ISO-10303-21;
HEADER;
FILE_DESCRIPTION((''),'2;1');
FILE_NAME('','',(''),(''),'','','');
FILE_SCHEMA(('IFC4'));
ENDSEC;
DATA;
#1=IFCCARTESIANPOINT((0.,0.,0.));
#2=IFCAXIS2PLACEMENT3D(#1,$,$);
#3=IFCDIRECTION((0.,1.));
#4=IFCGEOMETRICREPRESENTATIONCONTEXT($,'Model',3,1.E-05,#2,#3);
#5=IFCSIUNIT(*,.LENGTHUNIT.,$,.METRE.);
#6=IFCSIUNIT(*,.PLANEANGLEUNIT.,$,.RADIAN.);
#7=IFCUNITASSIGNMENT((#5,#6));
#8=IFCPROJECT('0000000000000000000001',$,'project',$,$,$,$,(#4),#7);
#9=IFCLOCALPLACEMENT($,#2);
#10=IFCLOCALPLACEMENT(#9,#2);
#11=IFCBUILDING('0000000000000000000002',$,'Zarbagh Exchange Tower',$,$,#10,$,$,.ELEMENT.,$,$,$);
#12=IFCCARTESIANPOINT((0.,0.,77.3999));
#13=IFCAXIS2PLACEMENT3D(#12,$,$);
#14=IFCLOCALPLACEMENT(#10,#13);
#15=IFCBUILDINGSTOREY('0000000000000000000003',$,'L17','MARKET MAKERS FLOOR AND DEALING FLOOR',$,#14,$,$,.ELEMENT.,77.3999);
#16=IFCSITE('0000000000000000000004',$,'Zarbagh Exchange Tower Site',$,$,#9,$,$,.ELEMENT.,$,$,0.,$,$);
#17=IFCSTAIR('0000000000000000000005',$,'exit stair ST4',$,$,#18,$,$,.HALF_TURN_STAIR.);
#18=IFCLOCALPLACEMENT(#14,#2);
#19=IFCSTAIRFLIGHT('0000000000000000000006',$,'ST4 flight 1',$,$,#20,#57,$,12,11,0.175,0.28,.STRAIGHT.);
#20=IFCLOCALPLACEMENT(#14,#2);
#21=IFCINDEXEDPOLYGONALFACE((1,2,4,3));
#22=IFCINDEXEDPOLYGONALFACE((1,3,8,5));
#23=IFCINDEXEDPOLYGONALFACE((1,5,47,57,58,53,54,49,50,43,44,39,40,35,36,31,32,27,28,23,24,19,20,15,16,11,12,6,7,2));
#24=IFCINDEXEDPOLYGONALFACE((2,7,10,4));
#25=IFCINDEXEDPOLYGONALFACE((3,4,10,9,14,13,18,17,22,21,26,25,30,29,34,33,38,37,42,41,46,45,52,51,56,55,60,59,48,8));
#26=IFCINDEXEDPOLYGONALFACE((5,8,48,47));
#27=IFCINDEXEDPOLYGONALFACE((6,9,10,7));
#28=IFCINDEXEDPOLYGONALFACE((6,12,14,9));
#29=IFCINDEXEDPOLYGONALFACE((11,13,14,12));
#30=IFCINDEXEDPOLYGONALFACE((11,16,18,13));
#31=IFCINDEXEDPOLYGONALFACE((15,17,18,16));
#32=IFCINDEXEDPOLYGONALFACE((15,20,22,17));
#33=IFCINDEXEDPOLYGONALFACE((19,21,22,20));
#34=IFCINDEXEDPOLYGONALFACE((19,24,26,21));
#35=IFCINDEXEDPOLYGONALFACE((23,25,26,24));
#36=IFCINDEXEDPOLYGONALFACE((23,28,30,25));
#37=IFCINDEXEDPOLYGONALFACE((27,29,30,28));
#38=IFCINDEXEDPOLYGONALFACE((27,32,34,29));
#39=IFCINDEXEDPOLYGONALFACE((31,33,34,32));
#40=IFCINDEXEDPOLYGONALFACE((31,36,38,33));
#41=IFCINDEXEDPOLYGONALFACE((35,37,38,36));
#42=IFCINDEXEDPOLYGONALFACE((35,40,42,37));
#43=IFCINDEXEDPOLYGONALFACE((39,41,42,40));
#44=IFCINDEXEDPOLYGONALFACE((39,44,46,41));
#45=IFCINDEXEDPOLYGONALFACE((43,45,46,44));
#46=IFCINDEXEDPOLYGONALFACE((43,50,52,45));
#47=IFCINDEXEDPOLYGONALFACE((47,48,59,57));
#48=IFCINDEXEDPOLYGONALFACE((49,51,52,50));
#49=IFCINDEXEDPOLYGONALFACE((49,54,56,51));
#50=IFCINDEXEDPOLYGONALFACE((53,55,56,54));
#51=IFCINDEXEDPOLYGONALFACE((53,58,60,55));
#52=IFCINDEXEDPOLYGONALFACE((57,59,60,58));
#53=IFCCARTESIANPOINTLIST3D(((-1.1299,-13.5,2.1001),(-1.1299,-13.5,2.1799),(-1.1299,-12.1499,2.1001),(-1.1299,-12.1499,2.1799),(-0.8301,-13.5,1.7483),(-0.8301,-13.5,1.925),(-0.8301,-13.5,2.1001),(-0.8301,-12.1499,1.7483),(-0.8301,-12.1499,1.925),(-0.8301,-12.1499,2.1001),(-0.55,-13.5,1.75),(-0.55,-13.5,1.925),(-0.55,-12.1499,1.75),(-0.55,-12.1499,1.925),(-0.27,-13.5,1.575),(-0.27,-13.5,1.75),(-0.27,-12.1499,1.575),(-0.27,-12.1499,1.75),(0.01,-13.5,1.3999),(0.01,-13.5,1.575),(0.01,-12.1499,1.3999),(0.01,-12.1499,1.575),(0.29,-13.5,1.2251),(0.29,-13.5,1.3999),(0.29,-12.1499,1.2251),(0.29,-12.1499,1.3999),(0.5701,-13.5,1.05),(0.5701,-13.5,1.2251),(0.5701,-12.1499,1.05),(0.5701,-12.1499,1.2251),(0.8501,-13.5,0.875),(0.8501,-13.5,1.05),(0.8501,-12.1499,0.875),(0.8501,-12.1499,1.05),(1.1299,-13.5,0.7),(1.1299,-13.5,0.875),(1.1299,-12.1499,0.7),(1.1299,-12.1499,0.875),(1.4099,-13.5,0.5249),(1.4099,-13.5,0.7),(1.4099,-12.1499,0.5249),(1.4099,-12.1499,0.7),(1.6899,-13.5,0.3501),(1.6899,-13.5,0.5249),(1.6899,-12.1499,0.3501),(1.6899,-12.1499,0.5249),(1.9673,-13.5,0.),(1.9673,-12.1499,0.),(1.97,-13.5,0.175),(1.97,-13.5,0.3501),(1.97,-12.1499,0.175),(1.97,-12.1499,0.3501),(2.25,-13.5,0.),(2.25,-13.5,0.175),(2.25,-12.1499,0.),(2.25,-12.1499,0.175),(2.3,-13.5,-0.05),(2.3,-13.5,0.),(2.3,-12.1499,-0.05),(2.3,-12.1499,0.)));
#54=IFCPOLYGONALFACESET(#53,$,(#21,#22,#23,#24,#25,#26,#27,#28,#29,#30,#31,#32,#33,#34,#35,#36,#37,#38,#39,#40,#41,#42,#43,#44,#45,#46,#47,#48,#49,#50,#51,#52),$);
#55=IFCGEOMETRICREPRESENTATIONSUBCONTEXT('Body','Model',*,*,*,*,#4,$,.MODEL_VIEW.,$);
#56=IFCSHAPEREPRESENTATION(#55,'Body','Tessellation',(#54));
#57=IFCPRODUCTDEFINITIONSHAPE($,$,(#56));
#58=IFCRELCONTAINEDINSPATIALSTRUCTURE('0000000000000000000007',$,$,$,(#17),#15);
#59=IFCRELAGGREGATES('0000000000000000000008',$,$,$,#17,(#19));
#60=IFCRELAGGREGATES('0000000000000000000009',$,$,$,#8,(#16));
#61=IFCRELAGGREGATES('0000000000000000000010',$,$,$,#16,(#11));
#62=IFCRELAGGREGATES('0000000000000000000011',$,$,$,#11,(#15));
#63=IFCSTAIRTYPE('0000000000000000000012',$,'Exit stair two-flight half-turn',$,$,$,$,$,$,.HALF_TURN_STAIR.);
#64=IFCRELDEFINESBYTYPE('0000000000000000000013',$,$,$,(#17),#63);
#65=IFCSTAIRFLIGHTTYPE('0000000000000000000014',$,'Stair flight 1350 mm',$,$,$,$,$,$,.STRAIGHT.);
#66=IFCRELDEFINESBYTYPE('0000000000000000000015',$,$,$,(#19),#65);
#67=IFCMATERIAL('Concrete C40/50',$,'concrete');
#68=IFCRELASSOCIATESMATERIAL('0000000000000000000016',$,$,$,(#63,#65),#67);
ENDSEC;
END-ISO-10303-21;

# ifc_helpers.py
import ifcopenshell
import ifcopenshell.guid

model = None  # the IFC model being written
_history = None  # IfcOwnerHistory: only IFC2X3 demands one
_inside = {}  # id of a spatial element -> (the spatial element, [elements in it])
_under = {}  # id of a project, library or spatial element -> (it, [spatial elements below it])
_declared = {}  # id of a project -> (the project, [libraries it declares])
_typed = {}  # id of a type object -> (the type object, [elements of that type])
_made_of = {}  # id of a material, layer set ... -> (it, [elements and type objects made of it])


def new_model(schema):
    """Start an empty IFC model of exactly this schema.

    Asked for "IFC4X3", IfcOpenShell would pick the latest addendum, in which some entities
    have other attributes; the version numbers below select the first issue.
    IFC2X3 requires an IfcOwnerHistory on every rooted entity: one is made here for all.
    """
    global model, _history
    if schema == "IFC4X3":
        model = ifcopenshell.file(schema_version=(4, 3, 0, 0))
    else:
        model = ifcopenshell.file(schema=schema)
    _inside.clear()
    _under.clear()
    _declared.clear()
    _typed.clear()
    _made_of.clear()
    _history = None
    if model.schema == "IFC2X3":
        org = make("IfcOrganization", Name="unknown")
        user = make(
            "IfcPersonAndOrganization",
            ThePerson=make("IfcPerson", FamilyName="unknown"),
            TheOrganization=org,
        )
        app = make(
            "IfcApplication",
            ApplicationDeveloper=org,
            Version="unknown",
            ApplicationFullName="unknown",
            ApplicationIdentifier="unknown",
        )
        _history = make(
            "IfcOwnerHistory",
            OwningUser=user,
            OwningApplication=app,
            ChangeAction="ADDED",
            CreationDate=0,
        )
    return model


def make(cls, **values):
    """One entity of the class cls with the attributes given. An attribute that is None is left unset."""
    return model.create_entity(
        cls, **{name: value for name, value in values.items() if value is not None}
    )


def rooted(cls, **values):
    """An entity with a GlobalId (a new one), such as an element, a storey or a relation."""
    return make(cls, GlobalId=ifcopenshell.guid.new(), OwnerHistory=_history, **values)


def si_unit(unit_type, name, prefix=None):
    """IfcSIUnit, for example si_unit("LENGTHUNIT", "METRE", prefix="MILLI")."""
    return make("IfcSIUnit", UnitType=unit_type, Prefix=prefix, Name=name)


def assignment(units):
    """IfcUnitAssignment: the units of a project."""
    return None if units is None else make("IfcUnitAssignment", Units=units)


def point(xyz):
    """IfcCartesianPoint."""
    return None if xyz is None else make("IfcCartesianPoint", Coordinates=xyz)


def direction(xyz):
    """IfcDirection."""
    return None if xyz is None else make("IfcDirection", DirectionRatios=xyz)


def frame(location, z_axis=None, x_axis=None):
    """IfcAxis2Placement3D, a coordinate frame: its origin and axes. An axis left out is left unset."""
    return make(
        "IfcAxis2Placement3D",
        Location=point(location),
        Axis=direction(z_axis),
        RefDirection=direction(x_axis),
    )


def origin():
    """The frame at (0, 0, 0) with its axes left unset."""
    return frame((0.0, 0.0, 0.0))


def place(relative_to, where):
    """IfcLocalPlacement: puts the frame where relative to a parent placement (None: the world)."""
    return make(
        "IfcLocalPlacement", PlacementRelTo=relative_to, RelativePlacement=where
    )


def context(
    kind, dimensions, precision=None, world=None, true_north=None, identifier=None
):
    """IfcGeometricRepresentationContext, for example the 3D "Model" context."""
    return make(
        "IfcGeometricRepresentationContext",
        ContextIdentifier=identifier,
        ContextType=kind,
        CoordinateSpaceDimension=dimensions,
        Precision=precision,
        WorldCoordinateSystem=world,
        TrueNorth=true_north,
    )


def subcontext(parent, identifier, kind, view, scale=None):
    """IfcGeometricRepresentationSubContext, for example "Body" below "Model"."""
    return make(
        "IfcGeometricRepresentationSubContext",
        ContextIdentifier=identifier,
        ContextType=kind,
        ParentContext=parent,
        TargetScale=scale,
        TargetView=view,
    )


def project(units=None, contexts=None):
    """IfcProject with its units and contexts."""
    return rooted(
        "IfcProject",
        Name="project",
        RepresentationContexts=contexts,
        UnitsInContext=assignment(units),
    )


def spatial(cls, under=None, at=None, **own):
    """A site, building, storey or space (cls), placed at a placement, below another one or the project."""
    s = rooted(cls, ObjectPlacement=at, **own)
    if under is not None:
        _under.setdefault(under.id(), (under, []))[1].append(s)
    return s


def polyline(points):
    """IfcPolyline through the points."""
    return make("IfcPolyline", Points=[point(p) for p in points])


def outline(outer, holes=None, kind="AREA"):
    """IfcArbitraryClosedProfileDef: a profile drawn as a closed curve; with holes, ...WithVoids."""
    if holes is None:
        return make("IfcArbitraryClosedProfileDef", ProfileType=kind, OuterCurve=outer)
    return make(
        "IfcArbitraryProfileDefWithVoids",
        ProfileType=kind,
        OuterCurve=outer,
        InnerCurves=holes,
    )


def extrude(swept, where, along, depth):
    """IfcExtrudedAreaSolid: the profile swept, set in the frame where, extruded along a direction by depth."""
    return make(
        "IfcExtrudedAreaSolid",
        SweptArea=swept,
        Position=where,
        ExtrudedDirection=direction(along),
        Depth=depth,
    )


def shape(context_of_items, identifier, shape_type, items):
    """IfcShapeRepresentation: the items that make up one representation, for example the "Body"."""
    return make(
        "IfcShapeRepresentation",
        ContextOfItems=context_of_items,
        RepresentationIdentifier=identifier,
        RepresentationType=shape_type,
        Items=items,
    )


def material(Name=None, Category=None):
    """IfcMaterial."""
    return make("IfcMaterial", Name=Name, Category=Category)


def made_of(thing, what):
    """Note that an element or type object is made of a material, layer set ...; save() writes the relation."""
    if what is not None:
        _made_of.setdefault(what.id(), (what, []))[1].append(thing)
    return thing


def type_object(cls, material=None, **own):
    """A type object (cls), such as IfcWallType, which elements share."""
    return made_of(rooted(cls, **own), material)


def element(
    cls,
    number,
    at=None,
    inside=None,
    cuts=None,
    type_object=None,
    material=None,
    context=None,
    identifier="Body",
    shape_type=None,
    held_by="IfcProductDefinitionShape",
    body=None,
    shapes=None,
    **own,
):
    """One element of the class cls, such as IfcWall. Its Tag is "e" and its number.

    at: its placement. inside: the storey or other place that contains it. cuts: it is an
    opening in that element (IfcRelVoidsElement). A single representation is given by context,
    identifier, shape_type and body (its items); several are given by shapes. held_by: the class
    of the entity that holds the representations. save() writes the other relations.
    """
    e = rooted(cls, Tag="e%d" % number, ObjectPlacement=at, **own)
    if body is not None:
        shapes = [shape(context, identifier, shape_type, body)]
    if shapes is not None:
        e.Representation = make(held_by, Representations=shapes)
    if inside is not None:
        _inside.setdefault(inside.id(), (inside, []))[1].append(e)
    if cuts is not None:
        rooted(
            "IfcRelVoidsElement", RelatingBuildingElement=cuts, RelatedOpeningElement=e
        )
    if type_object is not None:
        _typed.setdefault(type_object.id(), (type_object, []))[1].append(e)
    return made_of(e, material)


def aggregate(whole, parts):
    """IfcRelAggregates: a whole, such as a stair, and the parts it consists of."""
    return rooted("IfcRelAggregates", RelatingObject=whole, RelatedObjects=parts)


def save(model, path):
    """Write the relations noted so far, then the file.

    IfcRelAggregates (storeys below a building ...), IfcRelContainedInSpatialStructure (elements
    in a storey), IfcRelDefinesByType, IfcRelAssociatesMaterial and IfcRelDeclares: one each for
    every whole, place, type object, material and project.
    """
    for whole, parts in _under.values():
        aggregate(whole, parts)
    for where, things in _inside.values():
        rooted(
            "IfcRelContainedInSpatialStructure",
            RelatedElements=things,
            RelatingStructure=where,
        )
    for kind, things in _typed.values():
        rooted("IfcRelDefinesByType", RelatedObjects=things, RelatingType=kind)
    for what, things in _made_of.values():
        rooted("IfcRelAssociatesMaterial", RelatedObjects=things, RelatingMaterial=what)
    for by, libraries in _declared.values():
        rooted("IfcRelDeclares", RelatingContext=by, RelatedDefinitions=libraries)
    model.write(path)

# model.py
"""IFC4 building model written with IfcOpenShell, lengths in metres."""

from ifc_helpers import new_model, si_unit, direction, frame, origin, place, context, subcontext, project, spatial, polyline, outline, extrude, material, type_object, element, aggregate, save


model = new_model("IFC4")

# Units and contexts
model_context = context("Model", 3, precision=1e-05, world=origin(), true_north=direction((0.0, 1.0)))
body_context = subcontext(model_context, "Body", "Model", "MODEL_VIEW")
ifc_project = project(units=[si_unit("LENGTHUNIT", "METRE"), si_unit("PLANEANGLEUNIT", "RADIAN")], contexts=[model_context])

# Site, building, storey
site_placement = place(None, origin())
site = spatial("IfcSite", under=ifc_project, at=site_placement, Name="Zarbagh Exchange Tower Site", CompositionType="ELEMENT", RefElevation=0.0)
building_placement = place(site_placement, origin())
building = spatial("IfcBuilding", under=site, at=building_placement, Name="Zarbagh Exchange Tower", CompositionType="ELEMENT")
storey_placement = place(building_placement, frame((0.0, 0.0, 77.3999)))
storey = spatial("IfcBuildingStorey", under=building, at=storey_placement, Name="L17", Description="MARKET MAKERS FLOOR AND DEALING FLOOR", CompositionType="ELEMENT", Elevation=77.3999)

# Shared definitions
ifc_material_1 = material(Name="Concrete C40/50", Category="concrete")

# Stair, stair flight
stair_type = type_object("IfcStairType", Name="Exit stair two-flight half-turn", PredefinedType="HALF_TURN_STAIR", material=ifc_material_1)
stair_flight_type = type_object("IfcStairFlightType", Name="Stair flight 1350 mm", PredefinedType="STRAIGHT", material=ifc_material_1)
stair_1_placement = place(storey_placement, origin())
stair_1 = element("IfcStair", 1, at=stair_1_placement, inside=storey, type_object=stair_type, Name="exit stair ST4", PredefinedType="HALF_TURN_STAIR")
stair_flight_1_placement = place(storey_placement, frame((2.25, -12.825, 0.0), z_axis=(0.0, 0.0, 1.0), x_axis=(-1.0, 0.0, 0.0)))
stair_flight_1 = element("IfcStairFlight", 2, at=stair_flight_1_placement, type_object=stair_flight_type, Name="ST4 flight 1", NumberOfRisers=12, NumberOfTreads=11, PredefinedType="STRAIGHT", RiserHeight=0.175, TreadLength=0.28, context=body_context, shape_type="SweptSolid", body=[
    extrude(outline(polyline([(-0.05, -0.05), (-0.05, 0.0), (0.0, 0.0), (0.0, 0.175), (0.28, 0.175), (0.28, 0.3501), (0.5601, 0.3501), (0.5601, 0.5249), (0.8401, 0.5249), (0.8401, 0.7), (1.1201, 0.7), (1.1201, 0.875), (1.3999, 0.875), (1.3999, 1.05), (1.6799, 1.05), (1.6799, 1.2251), (1.96, 1.2251), (1.96, 1.3999), (2.24, 1.3999), (2.24, 1.575), (2.52, 1.575), (2.52, 1.75), (2.8, 1.75), (2.8, 1.925), (3.0801, 1.925), (3.0801, 2.1001), (3.3799, 2.1799), (3.3799, 2.1001), (3.0801, 1.7483), (0.2827, 0.0), (-0.05, -0.05)])), frame((0.0, 0.675, 0.0), z_axis=(0.0, -1.0, 0.0), x_axis=(1.0, 0.0, 0.0)), (0.0, 0.0, 1.0), 1.3501),
])
aggregate(stair_1, [stair_flight_1])

save(model, "model.ifc")
